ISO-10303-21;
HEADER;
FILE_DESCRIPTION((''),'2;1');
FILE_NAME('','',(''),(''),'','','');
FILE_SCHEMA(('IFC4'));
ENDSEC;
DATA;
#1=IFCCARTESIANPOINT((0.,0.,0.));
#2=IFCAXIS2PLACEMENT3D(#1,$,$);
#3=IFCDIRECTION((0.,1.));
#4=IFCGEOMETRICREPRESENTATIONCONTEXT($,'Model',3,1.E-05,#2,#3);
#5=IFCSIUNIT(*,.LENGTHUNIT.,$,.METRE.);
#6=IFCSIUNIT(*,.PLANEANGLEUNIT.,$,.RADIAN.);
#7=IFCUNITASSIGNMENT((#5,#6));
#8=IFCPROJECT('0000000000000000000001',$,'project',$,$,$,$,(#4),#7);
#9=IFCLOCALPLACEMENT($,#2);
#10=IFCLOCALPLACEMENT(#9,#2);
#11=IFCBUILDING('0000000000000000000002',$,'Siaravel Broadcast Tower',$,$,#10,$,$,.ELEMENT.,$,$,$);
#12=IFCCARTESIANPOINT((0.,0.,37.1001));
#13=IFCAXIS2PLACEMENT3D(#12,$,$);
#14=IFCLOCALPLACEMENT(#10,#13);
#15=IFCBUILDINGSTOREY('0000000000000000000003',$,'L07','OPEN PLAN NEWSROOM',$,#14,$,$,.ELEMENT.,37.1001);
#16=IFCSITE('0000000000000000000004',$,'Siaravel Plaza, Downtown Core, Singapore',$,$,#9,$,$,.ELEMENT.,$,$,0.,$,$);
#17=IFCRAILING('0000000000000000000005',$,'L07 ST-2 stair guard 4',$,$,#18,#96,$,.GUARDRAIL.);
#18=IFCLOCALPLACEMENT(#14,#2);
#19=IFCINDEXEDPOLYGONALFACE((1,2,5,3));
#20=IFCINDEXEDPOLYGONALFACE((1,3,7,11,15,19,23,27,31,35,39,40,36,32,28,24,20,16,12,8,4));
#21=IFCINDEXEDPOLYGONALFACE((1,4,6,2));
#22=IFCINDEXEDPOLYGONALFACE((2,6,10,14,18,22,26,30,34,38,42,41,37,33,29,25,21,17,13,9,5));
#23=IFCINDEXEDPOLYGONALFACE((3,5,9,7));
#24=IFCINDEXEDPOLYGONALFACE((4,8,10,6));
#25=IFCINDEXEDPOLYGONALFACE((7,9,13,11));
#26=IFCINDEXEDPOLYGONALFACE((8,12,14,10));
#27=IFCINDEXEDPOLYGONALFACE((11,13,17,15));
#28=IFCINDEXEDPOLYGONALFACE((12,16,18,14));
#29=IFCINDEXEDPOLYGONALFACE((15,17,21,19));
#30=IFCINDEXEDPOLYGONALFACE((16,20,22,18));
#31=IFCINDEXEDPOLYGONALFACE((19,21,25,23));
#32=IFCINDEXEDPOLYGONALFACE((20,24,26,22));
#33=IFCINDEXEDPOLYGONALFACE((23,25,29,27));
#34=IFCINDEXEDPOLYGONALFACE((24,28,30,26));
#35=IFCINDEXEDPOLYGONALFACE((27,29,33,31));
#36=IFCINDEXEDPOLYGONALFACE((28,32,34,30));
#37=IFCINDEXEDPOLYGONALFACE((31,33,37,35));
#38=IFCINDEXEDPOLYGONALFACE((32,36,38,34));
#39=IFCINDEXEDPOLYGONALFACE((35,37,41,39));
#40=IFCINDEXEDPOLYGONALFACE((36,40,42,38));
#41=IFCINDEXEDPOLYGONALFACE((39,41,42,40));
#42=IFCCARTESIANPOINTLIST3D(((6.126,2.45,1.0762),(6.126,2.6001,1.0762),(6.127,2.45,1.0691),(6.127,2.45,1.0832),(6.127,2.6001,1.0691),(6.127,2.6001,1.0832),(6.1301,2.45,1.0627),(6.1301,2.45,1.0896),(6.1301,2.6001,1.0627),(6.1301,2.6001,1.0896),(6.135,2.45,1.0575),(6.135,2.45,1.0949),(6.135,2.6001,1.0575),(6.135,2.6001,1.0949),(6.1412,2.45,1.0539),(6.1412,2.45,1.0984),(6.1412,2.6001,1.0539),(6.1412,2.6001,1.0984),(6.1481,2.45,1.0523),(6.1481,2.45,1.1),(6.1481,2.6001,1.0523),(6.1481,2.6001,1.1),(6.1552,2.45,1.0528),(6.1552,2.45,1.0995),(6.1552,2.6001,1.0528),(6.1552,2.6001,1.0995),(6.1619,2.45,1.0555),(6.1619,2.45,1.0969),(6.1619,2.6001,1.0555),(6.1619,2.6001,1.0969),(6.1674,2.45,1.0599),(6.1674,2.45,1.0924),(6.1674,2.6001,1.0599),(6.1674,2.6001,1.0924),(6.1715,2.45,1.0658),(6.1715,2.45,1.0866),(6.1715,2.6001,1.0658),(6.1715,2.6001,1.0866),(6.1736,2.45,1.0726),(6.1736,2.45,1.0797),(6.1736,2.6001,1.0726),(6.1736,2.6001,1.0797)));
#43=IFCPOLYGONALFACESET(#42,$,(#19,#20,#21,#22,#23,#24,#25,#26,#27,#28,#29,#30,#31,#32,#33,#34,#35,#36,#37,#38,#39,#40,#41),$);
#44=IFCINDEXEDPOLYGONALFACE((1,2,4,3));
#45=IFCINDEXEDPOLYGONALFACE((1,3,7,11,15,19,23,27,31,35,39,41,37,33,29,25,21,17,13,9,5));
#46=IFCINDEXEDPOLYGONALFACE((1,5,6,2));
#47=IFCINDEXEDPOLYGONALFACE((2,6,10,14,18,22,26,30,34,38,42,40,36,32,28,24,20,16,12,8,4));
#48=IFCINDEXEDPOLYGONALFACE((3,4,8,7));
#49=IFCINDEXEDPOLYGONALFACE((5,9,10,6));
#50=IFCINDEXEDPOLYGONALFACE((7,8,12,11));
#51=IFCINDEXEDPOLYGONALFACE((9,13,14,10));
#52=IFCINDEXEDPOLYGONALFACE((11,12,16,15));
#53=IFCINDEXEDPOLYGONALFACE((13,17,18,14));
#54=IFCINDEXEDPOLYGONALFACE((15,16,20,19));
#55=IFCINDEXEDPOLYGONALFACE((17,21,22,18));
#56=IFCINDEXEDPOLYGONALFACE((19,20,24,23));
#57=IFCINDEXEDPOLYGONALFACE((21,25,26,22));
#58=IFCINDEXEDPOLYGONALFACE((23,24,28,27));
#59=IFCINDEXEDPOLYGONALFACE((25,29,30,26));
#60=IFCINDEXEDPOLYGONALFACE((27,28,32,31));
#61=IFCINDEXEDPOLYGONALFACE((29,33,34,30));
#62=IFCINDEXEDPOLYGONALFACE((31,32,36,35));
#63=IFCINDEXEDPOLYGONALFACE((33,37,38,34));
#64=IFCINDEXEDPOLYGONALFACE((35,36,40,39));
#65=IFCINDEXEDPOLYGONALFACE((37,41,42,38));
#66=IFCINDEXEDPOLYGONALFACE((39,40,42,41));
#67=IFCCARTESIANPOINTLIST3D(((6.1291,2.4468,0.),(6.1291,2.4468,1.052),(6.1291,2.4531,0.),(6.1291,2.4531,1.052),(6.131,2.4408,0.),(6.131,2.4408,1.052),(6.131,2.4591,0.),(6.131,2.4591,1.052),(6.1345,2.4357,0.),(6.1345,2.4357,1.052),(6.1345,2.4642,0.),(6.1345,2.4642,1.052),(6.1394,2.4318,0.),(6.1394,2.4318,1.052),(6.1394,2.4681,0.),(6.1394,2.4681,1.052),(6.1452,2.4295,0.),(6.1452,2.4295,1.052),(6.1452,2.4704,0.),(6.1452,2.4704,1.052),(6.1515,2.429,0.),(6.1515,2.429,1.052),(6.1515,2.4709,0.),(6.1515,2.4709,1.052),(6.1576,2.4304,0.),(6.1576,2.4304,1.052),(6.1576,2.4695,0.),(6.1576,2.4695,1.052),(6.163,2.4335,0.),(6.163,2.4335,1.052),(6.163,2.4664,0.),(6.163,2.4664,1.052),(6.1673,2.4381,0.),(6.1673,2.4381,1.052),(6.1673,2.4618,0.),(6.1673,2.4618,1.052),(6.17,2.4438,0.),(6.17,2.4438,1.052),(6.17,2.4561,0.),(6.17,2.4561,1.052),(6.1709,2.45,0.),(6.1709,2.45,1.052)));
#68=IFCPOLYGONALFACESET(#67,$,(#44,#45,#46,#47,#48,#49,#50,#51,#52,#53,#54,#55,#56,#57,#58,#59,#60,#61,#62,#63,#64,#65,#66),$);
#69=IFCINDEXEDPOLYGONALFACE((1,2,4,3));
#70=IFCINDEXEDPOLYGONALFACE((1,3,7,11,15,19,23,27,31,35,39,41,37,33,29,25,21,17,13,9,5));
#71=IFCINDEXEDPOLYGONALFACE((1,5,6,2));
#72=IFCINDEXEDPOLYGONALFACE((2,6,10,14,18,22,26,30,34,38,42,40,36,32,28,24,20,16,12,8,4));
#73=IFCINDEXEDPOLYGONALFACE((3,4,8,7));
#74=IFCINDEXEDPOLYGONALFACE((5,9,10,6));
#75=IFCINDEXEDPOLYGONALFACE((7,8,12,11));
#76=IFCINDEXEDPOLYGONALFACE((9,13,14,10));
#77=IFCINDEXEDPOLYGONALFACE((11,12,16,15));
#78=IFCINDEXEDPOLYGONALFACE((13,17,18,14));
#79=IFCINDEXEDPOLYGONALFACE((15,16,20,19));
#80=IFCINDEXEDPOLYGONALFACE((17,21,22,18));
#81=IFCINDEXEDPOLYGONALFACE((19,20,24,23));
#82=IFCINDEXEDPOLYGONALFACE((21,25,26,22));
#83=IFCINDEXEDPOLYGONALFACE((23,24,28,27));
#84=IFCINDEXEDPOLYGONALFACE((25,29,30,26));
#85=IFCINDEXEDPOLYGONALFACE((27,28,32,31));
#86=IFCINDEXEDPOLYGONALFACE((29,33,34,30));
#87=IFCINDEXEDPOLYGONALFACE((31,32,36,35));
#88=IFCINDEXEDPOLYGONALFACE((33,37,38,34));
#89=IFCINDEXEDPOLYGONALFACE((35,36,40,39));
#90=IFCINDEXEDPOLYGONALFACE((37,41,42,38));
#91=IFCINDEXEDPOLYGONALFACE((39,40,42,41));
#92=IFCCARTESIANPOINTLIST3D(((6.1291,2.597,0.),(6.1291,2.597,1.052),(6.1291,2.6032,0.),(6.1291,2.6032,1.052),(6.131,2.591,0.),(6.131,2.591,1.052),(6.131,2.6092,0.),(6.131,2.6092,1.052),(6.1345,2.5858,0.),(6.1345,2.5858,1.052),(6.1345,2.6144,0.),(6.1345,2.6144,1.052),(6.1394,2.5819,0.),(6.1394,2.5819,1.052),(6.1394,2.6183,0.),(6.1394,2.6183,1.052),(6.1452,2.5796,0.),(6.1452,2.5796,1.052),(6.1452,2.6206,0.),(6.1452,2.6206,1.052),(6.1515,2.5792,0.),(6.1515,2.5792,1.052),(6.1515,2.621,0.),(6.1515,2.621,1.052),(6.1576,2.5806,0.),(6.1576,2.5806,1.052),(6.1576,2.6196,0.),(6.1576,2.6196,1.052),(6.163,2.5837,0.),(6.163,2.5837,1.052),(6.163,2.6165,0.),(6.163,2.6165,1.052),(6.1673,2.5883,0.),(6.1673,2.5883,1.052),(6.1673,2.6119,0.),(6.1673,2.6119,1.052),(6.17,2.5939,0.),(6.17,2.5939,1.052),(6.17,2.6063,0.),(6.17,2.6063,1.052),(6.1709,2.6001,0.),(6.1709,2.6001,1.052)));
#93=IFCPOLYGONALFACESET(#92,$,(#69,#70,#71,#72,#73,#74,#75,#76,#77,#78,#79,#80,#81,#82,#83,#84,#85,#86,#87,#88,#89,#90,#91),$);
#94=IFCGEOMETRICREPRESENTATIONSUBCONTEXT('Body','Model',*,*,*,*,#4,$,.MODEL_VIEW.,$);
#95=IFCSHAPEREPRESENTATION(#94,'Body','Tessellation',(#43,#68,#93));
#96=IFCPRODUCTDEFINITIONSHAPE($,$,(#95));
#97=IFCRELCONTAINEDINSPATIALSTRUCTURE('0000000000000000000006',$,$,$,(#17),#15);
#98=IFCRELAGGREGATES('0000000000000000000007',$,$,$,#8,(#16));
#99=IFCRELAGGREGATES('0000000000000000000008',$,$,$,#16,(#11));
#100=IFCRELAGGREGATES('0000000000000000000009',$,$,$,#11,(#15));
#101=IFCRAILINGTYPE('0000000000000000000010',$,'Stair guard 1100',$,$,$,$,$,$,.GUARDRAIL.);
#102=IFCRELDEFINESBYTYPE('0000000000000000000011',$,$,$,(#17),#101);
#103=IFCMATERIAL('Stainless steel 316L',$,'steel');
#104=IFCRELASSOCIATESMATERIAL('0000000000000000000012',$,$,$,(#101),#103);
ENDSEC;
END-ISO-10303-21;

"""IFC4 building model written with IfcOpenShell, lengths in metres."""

from ifc_helpers import new_model, si_unit, direction, frame, origin, origin_2d, place, context, subcontext, project, spatial, circle, extrude, material, type_object, element, save


model = new_model("IFC4")

# Units and contexts
model_context = context("Model", 3, precision=1e-05, world=origin(), true_north=direction((0.0, 1.0)))
body_context = subcontext(model_context, "Body", "Model", "MODEL_VIEW")
ifc_project = project(units=[si_unit("LENGTHUNIT", "METRE"), si_unit("PLANEANGLEUNIT", "RADIAN")], contexts=[model_context])

# Site, building, storey
site_placement = place(None, origin())
site = spatial("IfcSite", under=ifc_project, at=site_placement, Name="Siaravel Plaza, Downtown Core, Singapore", CompositionType="ELEMENT", RefElevation=0.0)
building_placement = place(site_placement, origin())
building = spatial("IfcBuilding", under=site, at=building_placement, Name="Siaravel Broadcast Tower", CompositionType="ELEMENT")
storey_placement = place(building_placement, frame((0.0, 0.0, 37.1001)))
storey = spatial("IfcBuildingStorey", under=building, at=storey_placement, Name="L07", Description="OPEN PLAN NEWSROOM", CompositionType="ELEMENT", Elevation=37.1001)

# Railing
ifc_material_1 = material(Name="Stainless steel 316L", Category="steel")
railing_type_1 = type_object("IfcRailingType", Name="Stair guard 1100", PredefinedType="GUARDRAIL", material=ifc_material_1)
railing_1_placement = place(storey_placement, frame((6.1499, 2.45, 0.0)))
element("IfcRailing", 1, at=railing_1_placement, inside=storey, type_object=railing_type_1, Name="L07 ST-2 stair guard 4", PredefinedType="GUARDRAIL", context=body_context, shape_type="SweptSolid", body=[
    extrude(circle(Radius=0.0239, at=origin_2d()), frame((0.0, 0.0, 1.0762), z_axis=(0.0, 1.0, 0.0), x_axis=(-1.0, 0.0, 0.0)), (0.0, 0.0, 1.0), 0.1501),
    extrude(circle(Radius=0.021, at=origin_2d()), origin(), (0.0, 0.0, 1.0), 1.052),
    extrude(circle(Radius=0.021, at=origin_2d()), frame((0.0, 0.1501, 0.0)), (0.0, 0.0, 1.0), 1.052),
])

save(model, "model.ifc")
